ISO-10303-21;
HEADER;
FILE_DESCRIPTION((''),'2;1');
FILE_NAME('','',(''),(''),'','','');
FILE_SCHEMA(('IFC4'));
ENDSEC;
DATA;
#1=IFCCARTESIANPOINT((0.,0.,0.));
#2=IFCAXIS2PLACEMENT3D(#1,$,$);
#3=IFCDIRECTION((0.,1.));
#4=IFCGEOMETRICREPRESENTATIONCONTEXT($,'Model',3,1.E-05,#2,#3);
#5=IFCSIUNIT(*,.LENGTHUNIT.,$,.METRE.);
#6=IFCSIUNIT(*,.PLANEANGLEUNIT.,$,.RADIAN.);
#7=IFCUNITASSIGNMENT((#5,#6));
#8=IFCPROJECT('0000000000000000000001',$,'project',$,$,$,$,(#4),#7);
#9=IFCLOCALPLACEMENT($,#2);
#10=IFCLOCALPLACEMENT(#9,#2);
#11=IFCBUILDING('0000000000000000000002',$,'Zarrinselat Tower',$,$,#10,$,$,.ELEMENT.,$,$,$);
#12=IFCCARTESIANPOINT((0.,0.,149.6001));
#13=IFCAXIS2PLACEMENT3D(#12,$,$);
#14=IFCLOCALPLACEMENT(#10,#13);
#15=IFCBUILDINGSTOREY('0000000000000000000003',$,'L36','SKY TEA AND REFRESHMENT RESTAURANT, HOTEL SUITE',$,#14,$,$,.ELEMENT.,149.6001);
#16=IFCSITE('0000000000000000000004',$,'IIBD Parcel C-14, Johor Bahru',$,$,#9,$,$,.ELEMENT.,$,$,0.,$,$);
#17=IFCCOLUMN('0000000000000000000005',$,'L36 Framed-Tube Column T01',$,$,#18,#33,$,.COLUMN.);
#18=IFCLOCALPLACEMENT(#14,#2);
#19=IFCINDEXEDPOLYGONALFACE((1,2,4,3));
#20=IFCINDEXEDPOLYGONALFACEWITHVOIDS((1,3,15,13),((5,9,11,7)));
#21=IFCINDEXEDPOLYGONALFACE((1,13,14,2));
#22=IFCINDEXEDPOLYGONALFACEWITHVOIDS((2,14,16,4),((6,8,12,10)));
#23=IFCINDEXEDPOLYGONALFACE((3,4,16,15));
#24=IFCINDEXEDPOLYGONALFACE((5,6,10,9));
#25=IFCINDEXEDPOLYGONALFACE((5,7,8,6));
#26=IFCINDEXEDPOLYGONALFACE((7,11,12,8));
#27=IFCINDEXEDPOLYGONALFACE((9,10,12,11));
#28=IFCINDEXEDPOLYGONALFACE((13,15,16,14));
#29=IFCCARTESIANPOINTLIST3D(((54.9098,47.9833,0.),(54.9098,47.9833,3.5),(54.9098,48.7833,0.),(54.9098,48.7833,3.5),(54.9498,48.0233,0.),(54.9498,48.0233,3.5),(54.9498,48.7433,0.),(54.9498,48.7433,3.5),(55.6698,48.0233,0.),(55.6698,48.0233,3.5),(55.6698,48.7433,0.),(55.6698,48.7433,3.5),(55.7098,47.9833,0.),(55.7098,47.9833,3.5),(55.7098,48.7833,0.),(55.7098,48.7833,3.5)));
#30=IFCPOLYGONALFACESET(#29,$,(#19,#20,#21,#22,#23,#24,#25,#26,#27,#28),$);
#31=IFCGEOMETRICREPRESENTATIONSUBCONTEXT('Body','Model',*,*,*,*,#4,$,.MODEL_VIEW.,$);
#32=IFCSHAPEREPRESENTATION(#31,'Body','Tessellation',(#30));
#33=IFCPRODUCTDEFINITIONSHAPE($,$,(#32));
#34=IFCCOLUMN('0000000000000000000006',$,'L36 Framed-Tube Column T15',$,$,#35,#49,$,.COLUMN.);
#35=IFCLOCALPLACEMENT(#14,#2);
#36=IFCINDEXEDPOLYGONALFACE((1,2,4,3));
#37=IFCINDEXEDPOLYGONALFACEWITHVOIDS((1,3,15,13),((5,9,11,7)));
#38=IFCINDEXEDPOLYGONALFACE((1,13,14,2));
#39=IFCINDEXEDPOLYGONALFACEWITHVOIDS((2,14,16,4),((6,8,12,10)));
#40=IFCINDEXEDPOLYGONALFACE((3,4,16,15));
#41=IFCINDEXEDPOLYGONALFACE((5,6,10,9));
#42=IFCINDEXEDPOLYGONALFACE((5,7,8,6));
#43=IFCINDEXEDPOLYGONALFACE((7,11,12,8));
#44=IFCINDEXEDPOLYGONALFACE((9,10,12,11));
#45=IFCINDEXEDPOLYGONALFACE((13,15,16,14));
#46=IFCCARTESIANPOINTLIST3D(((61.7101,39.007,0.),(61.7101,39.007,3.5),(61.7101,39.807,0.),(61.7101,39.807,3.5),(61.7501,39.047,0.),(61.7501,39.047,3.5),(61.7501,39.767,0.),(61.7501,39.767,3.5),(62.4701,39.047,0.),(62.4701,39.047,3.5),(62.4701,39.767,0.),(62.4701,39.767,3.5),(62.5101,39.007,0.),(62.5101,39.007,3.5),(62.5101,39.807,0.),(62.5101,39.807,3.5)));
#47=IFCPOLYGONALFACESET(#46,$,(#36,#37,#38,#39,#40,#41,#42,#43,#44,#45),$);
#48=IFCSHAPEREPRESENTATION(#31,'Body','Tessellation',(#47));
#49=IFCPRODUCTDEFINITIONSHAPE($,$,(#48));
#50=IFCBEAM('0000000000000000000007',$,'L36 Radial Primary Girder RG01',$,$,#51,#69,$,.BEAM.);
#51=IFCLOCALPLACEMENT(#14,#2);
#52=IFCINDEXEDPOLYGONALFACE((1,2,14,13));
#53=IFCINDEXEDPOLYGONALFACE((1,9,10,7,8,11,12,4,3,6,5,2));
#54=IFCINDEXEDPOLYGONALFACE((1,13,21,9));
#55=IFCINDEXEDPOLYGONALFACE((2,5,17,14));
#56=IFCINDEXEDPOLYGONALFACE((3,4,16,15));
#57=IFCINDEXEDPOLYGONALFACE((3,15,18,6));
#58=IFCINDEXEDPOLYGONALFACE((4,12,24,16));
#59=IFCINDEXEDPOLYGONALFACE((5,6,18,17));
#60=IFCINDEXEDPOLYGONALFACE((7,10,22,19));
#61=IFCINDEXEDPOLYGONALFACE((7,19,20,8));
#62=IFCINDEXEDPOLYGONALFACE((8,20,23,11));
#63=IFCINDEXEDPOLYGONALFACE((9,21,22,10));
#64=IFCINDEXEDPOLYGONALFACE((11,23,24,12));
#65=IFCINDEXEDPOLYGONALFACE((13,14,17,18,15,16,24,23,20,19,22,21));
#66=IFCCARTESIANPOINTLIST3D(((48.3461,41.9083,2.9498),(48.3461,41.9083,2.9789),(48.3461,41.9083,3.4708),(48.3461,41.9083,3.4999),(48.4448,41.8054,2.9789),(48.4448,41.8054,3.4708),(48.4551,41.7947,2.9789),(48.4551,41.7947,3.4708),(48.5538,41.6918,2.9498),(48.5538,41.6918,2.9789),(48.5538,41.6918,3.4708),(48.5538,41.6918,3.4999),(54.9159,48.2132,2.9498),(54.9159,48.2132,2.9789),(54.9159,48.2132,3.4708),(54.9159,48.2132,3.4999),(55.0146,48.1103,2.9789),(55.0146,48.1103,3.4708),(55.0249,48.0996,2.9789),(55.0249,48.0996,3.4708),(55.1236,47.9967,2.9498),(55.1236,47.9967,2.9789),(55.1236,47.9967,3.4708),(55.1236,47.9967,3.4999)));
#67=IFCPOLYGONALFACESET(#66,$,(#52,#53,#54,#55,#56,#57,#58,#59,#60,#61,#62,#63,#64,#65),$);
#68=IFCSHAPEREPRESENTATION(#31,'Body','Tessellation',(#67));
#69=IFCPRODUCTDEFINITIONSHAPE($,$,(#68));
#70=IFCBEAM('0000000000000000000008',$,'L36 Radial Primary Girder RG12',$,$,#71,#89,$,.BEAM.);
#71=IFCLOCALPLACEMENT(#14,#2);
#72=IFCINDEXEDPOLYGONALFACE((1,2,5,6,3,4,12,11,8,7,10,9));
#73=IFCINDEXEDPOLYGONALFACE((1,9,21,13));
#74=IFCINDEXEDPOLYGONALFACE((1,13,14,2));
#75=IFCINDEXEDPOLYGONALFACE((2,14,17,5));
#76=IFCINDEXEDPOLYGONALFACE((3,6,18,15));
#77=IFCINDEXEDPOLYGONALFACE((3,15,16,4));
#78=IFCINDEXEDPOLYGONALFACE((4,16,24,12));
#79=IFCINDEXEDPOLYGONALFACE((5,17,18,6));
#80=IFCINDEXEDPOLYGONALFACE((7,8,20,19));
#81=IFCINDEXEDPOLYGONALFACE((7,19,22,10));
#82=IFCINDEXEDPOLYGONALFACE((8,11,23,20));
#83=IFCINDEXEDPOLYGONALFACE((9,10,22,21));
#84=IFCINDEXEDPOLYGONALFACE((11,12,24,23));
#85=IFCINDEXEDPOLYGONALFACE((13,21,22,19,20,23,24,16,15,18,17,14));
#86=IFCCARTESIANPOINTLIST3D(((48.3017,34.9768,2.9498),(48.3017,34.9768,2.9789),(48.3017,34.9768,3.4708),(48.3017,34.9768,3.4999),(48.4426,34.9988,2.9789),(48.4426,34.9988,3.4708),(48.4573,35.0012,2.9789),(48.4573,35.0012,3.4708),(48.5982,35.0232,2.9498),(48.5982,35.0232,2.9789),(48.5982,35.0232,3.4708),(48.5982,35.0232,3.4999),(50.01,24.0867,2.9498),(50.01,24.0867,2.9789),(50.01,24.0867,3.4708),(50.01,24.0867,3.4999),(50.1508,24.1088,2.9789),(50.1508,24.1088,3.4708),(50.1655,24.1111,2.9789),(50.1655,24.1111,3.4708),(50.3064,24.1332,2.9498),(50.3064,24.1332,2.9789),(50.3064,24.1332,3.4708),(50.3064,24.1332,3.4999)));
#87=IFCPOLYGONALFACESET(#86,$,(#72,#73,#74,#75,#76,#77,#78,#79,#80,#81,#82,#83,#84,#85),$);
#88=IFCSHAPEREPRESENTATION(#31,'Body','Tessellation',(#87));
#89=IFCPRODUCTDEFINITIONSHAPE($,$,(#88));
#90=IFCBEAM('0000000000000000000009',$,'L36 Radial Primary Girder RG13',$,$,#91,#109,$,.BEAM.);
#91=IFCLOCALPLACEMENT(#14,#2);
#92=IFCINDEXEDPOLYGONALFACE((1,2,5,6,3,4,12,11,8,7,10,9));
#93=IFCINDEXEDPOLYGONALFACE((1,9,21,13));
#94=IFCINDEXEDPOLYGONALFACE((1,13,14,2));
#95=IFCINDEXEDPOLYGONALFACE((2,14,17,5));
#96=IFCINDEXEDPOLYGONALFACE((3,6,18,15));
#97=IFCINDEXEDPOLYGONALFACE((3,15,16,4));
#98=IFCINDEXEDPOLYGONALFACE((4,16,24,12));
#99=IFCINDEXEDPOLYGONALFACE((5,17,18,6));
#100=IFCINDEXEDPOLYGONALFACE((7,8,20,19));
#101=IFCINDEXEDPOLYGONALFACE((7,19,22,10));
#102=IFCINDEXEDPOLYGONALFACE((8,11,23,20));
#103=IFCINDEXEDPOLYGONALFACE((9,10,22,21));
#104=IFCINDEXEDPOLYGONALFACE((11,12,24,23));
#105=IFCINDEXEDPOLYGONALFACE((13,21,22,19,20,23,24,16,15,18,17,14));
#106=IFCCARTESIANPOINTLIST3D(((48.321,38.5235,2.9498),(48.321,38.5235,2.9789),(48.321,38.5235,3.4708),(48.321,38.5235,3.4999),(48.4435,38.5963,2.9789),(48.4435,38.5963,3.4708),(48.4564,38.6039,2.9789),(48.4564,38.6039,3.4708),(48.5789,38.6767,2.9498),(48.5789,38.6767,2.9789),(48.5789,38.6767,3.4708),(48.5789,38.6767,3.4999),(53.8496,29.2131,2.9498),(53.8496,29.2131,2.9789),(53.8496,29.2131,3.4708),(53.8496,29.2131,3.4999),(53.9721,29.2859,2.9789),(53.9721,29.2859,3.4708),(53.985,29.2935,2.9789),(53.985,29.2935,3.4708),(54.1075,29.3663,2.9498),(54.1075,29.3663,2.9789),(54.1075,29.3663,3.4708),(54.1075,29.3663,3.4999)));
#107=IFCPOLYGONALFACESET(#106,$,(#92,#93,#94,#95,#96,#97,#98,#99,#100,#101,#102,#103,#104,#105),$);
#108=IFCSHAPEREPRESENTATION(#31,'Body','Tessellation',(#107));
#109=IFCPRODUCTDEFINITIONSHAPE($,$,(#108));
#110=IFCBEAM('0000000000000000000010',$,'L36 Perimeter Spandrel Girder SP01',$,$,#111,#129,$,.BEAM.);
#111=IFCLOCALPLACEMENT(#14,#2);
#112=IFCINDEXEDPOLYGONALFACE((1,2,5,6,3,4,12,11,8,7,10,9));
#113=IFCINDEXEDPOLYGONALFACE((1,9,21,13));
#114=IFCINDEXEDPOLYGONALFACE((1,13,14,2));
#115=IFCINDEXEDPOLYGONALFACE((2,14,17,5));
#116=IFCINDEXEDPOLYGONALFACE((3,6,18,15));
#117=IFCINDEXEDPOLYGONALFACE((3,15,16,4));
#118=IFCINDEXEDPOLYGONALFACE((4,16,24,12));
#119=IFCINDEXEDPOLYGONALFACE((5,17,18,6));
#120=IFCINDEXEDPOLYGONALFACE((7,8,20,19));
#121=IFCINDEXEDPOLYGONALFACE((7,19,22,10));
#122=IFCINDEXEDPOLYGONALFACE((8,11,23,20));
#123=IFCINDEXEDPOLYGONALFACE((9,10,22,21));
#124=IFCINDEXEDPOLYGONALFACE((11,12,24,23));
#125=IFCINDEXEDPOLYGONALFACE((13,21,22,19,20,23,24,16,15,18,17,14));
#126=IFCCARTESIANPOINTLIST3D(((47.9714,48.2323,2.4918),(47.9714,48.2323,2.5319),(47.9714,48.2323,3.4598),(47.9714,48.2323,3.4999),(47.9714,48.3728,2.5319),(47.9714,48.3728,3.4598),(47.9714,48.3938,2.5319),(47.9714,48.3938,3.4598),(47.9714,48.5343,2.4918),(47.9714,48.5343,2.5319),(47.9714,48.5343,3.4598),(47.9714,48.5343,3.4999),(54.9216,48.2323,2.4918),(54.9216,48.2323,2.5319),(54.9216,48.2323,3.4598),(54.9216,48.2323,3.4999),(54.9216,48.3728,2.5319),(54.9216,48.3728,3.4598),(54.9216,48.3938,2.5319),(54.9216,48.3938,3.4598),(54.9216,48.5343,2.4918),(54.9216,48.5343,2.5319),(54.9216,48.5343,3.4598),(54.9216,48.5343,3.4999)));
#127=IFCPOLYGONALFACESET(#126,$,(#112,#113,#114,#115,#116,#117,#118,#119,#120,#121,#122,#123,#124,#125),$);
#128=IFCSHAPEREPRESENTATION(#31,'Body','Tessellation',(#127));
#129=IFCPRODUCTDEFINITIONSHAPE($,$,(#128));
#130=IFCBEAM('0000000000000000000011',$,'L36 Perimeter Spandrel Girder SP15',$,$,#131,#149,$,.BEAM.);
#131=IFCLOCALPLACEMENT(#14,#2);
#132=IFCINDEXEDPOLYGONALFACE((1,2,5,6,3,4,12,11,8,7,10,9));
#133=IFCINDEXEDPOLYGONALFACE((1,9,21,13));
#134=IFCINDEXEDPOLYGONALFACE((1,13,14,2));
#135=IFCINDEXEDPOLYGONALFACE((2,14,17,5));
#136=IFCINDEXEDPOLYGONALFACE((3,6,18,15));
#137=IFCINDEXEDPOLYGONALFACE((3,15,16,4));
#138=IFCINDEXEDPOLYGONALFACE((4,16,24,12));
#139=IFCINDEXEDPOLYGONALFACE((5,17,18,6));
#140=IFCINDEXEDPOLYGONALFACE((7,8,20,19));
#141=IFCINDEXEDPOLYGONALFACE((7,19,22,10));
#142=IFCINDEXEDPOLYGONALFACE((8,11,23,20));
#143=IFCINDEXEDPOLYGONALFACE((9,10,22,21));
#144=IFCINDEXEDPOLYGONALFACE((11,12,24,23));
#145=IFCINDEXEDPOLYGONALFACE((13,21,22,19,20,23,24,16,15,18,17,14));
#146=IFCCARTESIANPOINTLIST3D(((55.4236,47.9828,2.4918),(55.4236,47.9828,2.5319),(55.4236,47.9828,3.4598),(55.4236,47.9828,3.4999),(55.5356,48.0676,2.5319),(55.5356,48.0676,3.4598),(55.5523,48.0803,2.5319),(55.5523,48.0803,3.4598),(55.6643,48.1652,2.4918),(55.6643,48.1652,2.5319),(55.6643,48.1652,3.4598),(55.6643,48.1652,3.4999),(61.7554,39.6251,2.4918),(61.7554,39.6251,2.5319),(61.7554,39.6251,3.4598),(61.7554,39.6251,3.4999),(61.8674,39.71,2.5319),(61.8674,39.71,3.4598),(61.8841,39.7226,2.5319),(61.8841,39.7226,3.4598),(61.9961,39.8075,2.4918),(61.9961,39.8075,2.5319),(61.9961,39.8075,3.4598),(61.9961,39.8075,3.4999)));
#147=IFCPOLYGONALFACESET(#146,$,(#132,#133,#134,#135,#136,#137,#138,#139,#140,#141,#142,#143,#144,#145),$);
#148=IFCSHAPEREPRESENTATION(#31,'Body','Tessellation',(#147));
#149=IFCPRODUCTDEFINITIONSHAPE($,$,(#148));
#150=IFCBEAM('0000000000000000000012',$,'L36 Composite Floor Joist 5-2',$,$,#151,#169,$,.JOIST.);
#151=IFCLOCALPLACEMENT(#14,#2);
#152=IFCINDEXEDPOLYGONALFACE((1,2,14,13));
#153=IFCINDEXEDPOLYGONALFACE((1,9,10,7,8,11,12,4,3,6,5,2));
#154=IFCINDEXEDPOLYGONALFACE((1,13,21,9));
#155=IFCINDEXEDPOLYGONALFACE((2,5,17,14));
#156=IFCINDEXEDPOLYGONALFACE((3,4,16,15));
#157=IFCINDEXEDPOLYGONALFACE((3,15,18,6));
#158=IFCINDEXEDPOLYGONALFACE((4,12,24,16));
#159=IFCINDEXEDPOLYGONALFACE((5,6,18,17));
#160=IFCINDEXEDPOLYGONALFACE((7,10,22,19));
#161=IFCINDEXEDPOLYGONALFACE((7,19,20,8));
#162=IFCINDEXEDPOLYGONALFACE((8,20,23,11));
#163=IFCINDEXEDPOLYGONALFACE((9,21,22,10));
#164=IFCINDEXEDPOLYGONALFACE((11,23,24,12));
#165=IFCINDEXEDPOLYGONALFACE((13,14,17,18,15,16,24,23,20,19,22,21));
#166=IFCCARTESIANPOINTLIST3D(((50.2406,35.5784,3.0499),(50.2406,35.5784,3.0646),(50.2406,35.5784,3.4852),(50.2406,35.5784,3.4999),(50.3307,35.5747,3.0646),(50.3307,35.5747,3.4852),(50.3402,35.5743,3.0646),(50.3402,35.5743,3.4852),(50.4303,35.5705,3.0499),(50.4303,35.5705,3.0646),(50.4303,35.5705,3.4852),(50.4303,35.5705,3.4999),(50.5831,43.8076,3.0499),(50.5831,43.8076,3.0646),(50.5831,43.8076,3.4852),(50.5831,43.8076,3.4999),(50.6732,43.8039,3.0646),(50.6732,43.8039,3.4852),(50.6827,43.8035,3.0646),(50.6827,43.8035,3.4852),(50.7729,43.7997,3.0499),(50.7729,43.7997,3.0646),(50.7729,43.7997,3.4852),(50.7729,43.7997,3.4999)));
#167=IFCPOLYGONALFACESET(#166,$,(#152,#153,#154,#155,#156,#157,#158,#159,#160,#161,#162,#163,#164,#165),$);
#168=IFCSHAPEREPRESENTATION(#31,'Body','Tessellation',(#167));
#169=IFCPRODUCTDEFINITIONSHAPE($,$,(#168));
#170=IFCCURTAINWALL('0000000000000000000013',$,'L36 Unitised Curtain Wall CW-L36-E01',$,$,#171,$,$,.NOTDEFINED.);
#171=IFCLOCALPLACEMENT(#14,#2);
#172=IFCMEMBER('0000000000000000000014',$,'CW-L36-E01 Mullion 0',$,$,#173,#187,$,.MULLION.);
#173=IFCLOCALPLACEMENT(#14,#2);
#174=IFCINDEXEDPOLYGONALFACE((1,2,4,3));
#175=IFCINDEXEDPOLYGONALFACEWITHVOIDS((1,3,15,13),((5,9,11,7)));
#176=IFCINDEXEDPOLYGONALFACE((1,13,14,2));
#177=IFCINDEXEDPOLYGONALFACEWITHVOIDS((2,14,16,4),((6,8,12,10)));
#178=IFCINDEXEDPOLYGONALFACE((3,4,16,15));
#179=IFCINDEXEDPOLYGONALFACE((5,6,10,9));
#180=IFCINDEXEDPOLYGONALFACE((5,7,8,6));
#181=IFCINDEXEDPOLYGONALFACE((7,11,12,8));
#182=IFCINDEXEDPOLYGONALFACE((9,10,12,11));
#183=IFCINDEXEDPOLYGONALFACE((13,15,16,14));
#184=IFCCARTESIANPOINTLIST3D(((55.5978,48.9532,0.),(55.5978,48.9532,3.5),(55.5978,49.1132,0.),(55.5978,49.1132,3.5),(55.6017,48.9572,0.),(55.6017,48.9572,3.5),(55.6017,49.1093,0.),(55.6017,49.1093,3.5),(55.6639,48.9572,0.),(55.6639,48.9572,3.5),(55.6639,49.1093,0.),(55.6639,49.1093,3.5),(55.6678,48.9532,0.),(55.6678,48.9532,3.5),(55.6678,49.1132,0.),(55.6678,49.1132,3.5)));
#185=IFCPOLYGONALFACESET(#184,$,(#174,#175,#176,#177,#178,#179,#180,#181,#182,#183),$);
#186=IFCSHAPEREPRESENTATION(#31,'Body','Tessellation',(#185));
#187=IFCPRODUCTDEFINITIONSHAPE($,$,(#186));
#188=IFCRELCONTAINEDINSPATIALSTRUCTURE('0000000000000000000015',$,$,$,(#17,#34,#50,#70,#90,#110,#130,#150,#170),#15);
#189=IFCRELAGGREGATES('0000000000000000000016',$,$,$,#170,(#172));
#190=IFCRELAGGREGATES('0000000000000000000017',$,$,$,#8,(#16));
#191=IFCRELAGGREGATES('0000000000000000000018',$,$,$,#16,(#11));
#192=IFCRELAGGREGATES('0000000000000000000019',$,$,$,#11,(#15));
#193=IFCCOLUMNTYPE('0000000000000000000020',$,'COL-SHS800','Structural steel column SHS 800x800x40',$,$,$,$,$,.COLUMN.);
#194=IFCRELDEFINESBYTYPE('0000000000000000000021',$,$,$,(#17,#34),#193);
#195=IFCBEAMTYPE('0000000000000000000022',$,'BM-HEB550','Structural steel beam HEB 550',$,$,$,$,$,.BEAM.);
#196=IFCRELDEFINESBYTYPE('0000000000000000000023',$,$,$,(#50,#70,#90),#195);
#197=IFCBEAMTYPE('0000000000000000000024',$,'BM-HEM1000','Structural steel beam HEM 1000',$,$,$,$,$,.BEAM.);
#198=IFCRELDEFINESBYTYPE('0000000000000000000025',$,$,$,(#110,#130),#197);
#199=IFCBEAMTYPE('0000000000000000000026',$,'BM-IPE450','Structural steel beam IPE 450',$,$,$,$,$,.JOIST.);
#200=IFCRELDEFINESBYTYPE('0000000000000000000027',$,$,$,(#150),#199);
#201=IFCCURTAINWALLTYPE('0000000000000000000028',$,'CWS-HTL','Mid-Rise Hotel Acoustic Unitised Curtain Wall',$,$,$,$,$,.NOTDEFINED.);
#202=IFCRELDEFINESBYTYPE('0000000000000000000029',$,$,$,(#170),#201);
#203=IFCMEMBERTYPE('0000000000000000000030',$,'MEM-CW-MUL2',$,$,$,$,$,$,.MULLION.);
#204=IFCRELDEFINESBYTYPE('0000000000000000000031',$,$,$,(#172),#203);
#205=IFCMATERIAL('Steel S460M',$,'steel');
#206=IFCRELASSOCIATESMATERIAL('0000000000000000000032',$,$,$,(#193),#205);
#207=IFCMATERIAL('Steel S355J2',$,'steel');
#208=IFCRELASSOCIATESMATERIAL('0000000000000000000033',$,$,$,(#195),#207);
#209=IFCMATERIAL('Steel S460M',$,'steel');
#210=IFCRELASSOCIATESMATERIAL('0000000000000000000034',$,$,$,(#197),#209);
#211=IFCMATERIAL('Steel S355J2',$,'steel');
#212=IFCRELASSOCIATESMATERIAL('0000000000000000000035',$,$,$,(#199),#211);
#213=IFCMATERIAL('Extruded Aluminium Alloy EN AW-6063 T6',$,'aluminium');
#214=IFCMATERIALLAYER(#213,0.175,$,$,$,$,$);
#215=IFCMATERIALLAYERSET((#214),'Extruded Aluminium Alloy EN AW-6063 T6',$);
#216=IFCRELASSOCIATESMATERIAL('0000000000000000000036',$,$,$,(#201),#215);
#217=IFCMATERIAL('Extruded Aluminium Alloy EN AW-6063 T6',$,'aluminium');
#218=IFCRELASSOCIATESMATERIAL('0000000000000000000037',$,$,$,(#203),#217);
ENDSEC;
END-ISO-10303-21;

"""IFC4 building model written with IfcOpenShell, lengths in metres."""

from ifc_helpers import new_model, si_unit, direction, frame, origin, origin_2d, place, context, subcontext, project, spatial, hollow_rectangle, i_section, extrude, material, layer, layer_set, material_profile, profile_set, type_object, element, aggregate, save


model = new_model("IFC4")

# Units and contexts
model_context = context("Model", 3, precision=1e-05, world=origin(), true_north=direction((0.0, 1.0)))
body_context = subcontext(model_context, "Body", "Model", "MODEL_VIEW")
ifc_project = project(units=[si_unit("LENGTHUNIT", "METRE"), si_unit("PLANEANGLEUNIT", "RADIAN")], contexts=[model_context])

# Site, building, storey
site_placement = place(None, origin())
site = spatial("IfcSite", under=ifc_project, at=site_placement, Name="IIBD Parcel C-14, Johor Bahru", CompositionType="ELEMENT", RefElevation=0.0)
building_placement = place(site_placement, origin())
building = spatial("IfcBuilding", under=site, at=building_placement, Name="Zarrinselat Tower", CompositionType="ELEMENT")
storey_placement = place(building_placement, frame((0.0, 0.0, 149.6001)))
storey = spatial("IfcBuildingStorey", under=building, at=storey_placement, Name="L36", Description="SKY TEA AND REFRESHMENT RESTAURANT, HOTEL SUITE", CompositionType="ELEMENT", Elevation=149.6001)

# Columns
ifc_material_1 = material(Name="Steel S460M", Category="steel")
ifc_material_profile_1 = material_profile(ifc_material_1, hollow_rectangle(XDim=0.8, YDim=0.8, WallThickness=0.04, at=origin_2d()), Name="SHS 800x800x40")
ifc_profile_set_1 = profile_set([ifc_material_profile_1], Name="Steel S460M")
column_type = type_object("IfcColumnType", Name="COL-SHS800", Description="Structural steel column SHS 800x800x40", PredefinedType="COLUMN", material=ifc_profile_set_1)
for number, where, z_axis, x_axis, name in (
    (1, (55.3098, 48.3833, 0.0), (0.0, 0.0, 1.0), (1.0, 0.0, 0.0), "L36 Framed-Tube Column T01"),
    (2, (62.1101, 39.407, 0.0), (0.0, 0.0, 1.0), (1.0, 0.0, 0.0), "L36 Framed-Tube Column T15"),
):
    element("IfcColumn", number, at=place(storey_placement, frame(where, z_axis=z_axis, x_axis=x_axis)), inside=storey, type_object=column_type, Name=name, PredefinedType="COLUMN", context=body_context, shape_type="SweptSolid", body=[
        extrude(hollow_rectangle(XDim=0.8, YDim=0.8, WallThickness=0.04, at=origin_2d()), origin(), (0.0, 0.0, 1.0), 3.5),
    ])

# Beams
ifc_material_2 = material(Name="Steel S355J2", Category="steel")
ifc_material_profile_2 = material_profile(ifc_material_2, i_section(OverallWidth=0.3, OverallDepth=0.55, WebThickness=0.0149, FlangeThickness=0.0291, at=origin_2d()), Name="HEB 550")
ifc_profile_set_2 = profile_set([ifc_material_profile_2], Name="Steel S355J2")
beam_type_1 = type_object("IfcBeamType", Name="BM-HEB550", Description="Structural steel beam HEB 550", PredefinedType="BEAM", material=ifc_profile_set_2)
beam_1_placement = place(storey_placement, frame((48.45, 41.8, 3.2249), z_axis=(0.721503, 0.692412, 0.0), x_axis=(-0.692412, 0.721503, 0.0)))
element("IfcBeam", 3, at=beam_1_placement, inside=storey, type_object=beam_type_1, Name="L36 Radial Primary Girder RG01", PredefinedType="BEAM", context=body_context, shape_type="SweptSolid", body=[
    extrude(i_section(OverallWidth=0.3, OverallDepth=0.55, WebThickness=0.0149, FlangeThickness=0.0291, at=origin_2d()), origin(), (0.0, 0.0, 1.0), 9.1057),
])
beam_2_placement = place(storey_placement, frame((48.45, 35.0, 3.2249), z_axis=(0.154967, -0.98792, 0.0), x_axis=(0.98792, 0.154967, 0.0)))
element("IfcBeam", 4, at=beam_2_placement, inside=storey, type_object=beam_type_1, Name="L36 Radial Primary Girder RG12", PredefinedType="BEAM", context=body_context, shape_type="SweptSolid", body=[
    extrude(i_section(OverallWidth=0.3, OverallDepth=0.55, WebThickness=0.0149, FlangeThickness=0.0291, at=origin_2d()), origin(), (0.0, 0.0, 1.0), 11.0232),
])
beam_3_placement = place(storey_placement, frame((48.45, 38.6001, 3.2249), z_axis=(0.510578, -0.859832, 0.0), x_axis=(0.859832, 0.510578, 0.0)))
element("IfcBeam", 5, at=beam_3_placement, inside=storey, type_object=beam_type_1, Name="L36 Radial Primary Girder RG13", PredefinedType="BEAM", context=body_context, shape_type="SweptSolid", body=[
    extrude(i_section(OverallWidth=0.3, OverallDepth=0.55, WebThickness=0.0149, FlangeThickness=0.0291, at=origin_2d()), origin(), (0.0, 0.0, 1.0), 10.8281),
])
ifc_material_3 = material(Name="Steel S460M", Category="steel")
ifc_material_profile_3 = material_profile(ifc_material_3, i_section(OverallWidth=0.302, OverallDepth=1.0081, WebThickness=0.021, FlangeThickness=0.04, at=origin_2d()), Name="HEM 1000")
ifc_profile_set_3 = profile_set([ifc_material_profile_3], Name="Steel S460M")
beam_type_2 = type_object("IfcBeamType", Name="BM-HEM1000", Description="Structural steel beam HEM 1000", PredefinedType="BEAM", material=ifc_profile_set_3)
beam_4_placement = place(storey_placement, frame((47.9714, 48.3833, 2.9958), z_axis=(1.0, 0.0, 0.0), x_axis=(0.0, 1.0, 0.0)))
element("IfcBeam", 6, at=beam_4_placement, inside=storey, type_object=beam_type_2, Name="L36 Perimeter Spandrel Girder SP01", PredefinedType="BEAM", context=body_context, shape_type="SweptSolid", body=[
    extrude(i_section(OverallWidth=0.302, OverallDepth=1.0081, WebThickness=0.021, FlangeThickness=0.04, at=origin_2d()), origin(), (0.0, 0.0, 1.0), 6.9502),
])
beam_5_placement = place(storey_placement, frame((55.5439, 48.074, 2.9958), z_axis=(0.603871, -0.797082, 0.0), x_axis=(0.797082, 0.603871, 0.0)))
element("IfcBeam", 7, at=beam_5_placement, inside=storey, type_object=beam_type_2, Name="L36 Perimeter Spandrel Girder SP15", PredefinedType="BEAM", context=body_context, shape_type="SweptSolid", body=[
    extrude(i_section(OverallWidth=0.302, OverallDepth=1.0081, WebThickness=0.021, FlangeThickness=0.04, at=origin_2d()), origin(), (0.0, 0.0, 1.0), 10.4854),
])
ifc_material_4 = material(Name="Steel S355J2", Category="steel")
ifc_material_profile_4 = material_profile(ifc_material_4, i_section(OverallWidth=0.1899, OverallDepth=0.45, WebThickness=0.0095, FlangeThickness=0.0146, at=origin_2d()), Name="IPE 450")
ifc_profile_set_4 = profile_set([ifc_material_profile_4], Name="Steel S355J2")
beam_type_3 = type_object("IfcBeamType", Name="BM-IPE450", Description="Structural steel beam IPE 450", PredefinedType="JOIST", material=ifc_profile_set_4)
beam_6_placement = place(storey_placement, frame((50.3354, 35.5745, 3.2749), z_axis=(0.041587, 0.999135, 0.0), x_axis=(-0.999135, 0.041587, 0.0)))
element("IfcBeam", 8, at=beam_6_placement, inside=storey, type_object=beam_type_3, Name="L36 Composite Floor Joist 5-2", PredefinedType="JOIST", context=body_context, shape_type="SweptSolid", body=[
    extrude(i_section(OverallWidth=0.1899, OverallDepth=0.45, WebThickness=0.0095, FlangeThickness=0.0146, at=origin_2d()), origin(), (0.0, 0.0, 1.0), 8.2363),
])

# Curtain wall, member
ifc_material_5 = material(Name="Extruded Aluminium Alloy EN AW-6063 T6", Category="aluminium")
ifc_layer_1 = layer(ifc_material_5, 0.175)
ifc_layer_set_1 = layer_set([ifc_layer_1], Name="Extruded Aluminium Alloy EN AW-6063 T6")
curtain_wall_type = type_object("IfcCurtainWallType", Name="CWS-HTL", Description="Mid-Rise Hotel Acoustic Unitised Curtain Wall", PredefinedType="NOTDEFINED", material=ifc_layer_set_1)
curtain_wall_1_placement = place(storey_placement, origin())
curtain_wall_1 = element("IfcCurtainWall", 9, at=curtain_wall_1_placement, inside=storey, type_object=curtain_wall_type, Name="L36 Unitised Curtain Wall CW-L36-E01", PredefinedType="NOTDEFINED")
ifc_material_6 = material(Name="Extruded Aluminium Alloy EN AW-6063 T6", Category="aluminium")
ifc_material_profile_5 = material_profile(ifc_material_6, hollow_rectangle(XDim=0.0701, YDim=0.1599, WallThickness=0.0039, at=origin_2d()), Name="RHS 160x70x4")
ifc_profile_set_5 = profile_set([ifc_material_profile_5], Name="Extruded Aluminium Alloy EN AW-6063 T6")
member_type_1 = type_object("IfcMemberType", Name="MEM-CW-MUL2", PredefinedType="MULLION", material=ifc_profile_set_5)
member_1_placement = place(storey_placement, frame((55.6328, 49.0332, 0.0), z_axis=(0.0, 0.0, 1.0), x_axis=(-1.0, 0.0, 0.0)))
member_1 = element("IfcMember", 10, at=member_1_placement, type_object=member_type_1, Name="CW-L36-E01 Mullion 0", PredefinedType="MULLION", context=body_context, shape_type="SweptSolid", body=[
    extrude(hollow_rectangle(XDim=0.0701, YDim=0.1599, WallThickness=0.0039, at=origin_2d()), origin(), (0.0, 0.0, 1.0), 3.5),
])

aggregate(curtain_wall_1, [member_1])

save(model, "model.ifc")
